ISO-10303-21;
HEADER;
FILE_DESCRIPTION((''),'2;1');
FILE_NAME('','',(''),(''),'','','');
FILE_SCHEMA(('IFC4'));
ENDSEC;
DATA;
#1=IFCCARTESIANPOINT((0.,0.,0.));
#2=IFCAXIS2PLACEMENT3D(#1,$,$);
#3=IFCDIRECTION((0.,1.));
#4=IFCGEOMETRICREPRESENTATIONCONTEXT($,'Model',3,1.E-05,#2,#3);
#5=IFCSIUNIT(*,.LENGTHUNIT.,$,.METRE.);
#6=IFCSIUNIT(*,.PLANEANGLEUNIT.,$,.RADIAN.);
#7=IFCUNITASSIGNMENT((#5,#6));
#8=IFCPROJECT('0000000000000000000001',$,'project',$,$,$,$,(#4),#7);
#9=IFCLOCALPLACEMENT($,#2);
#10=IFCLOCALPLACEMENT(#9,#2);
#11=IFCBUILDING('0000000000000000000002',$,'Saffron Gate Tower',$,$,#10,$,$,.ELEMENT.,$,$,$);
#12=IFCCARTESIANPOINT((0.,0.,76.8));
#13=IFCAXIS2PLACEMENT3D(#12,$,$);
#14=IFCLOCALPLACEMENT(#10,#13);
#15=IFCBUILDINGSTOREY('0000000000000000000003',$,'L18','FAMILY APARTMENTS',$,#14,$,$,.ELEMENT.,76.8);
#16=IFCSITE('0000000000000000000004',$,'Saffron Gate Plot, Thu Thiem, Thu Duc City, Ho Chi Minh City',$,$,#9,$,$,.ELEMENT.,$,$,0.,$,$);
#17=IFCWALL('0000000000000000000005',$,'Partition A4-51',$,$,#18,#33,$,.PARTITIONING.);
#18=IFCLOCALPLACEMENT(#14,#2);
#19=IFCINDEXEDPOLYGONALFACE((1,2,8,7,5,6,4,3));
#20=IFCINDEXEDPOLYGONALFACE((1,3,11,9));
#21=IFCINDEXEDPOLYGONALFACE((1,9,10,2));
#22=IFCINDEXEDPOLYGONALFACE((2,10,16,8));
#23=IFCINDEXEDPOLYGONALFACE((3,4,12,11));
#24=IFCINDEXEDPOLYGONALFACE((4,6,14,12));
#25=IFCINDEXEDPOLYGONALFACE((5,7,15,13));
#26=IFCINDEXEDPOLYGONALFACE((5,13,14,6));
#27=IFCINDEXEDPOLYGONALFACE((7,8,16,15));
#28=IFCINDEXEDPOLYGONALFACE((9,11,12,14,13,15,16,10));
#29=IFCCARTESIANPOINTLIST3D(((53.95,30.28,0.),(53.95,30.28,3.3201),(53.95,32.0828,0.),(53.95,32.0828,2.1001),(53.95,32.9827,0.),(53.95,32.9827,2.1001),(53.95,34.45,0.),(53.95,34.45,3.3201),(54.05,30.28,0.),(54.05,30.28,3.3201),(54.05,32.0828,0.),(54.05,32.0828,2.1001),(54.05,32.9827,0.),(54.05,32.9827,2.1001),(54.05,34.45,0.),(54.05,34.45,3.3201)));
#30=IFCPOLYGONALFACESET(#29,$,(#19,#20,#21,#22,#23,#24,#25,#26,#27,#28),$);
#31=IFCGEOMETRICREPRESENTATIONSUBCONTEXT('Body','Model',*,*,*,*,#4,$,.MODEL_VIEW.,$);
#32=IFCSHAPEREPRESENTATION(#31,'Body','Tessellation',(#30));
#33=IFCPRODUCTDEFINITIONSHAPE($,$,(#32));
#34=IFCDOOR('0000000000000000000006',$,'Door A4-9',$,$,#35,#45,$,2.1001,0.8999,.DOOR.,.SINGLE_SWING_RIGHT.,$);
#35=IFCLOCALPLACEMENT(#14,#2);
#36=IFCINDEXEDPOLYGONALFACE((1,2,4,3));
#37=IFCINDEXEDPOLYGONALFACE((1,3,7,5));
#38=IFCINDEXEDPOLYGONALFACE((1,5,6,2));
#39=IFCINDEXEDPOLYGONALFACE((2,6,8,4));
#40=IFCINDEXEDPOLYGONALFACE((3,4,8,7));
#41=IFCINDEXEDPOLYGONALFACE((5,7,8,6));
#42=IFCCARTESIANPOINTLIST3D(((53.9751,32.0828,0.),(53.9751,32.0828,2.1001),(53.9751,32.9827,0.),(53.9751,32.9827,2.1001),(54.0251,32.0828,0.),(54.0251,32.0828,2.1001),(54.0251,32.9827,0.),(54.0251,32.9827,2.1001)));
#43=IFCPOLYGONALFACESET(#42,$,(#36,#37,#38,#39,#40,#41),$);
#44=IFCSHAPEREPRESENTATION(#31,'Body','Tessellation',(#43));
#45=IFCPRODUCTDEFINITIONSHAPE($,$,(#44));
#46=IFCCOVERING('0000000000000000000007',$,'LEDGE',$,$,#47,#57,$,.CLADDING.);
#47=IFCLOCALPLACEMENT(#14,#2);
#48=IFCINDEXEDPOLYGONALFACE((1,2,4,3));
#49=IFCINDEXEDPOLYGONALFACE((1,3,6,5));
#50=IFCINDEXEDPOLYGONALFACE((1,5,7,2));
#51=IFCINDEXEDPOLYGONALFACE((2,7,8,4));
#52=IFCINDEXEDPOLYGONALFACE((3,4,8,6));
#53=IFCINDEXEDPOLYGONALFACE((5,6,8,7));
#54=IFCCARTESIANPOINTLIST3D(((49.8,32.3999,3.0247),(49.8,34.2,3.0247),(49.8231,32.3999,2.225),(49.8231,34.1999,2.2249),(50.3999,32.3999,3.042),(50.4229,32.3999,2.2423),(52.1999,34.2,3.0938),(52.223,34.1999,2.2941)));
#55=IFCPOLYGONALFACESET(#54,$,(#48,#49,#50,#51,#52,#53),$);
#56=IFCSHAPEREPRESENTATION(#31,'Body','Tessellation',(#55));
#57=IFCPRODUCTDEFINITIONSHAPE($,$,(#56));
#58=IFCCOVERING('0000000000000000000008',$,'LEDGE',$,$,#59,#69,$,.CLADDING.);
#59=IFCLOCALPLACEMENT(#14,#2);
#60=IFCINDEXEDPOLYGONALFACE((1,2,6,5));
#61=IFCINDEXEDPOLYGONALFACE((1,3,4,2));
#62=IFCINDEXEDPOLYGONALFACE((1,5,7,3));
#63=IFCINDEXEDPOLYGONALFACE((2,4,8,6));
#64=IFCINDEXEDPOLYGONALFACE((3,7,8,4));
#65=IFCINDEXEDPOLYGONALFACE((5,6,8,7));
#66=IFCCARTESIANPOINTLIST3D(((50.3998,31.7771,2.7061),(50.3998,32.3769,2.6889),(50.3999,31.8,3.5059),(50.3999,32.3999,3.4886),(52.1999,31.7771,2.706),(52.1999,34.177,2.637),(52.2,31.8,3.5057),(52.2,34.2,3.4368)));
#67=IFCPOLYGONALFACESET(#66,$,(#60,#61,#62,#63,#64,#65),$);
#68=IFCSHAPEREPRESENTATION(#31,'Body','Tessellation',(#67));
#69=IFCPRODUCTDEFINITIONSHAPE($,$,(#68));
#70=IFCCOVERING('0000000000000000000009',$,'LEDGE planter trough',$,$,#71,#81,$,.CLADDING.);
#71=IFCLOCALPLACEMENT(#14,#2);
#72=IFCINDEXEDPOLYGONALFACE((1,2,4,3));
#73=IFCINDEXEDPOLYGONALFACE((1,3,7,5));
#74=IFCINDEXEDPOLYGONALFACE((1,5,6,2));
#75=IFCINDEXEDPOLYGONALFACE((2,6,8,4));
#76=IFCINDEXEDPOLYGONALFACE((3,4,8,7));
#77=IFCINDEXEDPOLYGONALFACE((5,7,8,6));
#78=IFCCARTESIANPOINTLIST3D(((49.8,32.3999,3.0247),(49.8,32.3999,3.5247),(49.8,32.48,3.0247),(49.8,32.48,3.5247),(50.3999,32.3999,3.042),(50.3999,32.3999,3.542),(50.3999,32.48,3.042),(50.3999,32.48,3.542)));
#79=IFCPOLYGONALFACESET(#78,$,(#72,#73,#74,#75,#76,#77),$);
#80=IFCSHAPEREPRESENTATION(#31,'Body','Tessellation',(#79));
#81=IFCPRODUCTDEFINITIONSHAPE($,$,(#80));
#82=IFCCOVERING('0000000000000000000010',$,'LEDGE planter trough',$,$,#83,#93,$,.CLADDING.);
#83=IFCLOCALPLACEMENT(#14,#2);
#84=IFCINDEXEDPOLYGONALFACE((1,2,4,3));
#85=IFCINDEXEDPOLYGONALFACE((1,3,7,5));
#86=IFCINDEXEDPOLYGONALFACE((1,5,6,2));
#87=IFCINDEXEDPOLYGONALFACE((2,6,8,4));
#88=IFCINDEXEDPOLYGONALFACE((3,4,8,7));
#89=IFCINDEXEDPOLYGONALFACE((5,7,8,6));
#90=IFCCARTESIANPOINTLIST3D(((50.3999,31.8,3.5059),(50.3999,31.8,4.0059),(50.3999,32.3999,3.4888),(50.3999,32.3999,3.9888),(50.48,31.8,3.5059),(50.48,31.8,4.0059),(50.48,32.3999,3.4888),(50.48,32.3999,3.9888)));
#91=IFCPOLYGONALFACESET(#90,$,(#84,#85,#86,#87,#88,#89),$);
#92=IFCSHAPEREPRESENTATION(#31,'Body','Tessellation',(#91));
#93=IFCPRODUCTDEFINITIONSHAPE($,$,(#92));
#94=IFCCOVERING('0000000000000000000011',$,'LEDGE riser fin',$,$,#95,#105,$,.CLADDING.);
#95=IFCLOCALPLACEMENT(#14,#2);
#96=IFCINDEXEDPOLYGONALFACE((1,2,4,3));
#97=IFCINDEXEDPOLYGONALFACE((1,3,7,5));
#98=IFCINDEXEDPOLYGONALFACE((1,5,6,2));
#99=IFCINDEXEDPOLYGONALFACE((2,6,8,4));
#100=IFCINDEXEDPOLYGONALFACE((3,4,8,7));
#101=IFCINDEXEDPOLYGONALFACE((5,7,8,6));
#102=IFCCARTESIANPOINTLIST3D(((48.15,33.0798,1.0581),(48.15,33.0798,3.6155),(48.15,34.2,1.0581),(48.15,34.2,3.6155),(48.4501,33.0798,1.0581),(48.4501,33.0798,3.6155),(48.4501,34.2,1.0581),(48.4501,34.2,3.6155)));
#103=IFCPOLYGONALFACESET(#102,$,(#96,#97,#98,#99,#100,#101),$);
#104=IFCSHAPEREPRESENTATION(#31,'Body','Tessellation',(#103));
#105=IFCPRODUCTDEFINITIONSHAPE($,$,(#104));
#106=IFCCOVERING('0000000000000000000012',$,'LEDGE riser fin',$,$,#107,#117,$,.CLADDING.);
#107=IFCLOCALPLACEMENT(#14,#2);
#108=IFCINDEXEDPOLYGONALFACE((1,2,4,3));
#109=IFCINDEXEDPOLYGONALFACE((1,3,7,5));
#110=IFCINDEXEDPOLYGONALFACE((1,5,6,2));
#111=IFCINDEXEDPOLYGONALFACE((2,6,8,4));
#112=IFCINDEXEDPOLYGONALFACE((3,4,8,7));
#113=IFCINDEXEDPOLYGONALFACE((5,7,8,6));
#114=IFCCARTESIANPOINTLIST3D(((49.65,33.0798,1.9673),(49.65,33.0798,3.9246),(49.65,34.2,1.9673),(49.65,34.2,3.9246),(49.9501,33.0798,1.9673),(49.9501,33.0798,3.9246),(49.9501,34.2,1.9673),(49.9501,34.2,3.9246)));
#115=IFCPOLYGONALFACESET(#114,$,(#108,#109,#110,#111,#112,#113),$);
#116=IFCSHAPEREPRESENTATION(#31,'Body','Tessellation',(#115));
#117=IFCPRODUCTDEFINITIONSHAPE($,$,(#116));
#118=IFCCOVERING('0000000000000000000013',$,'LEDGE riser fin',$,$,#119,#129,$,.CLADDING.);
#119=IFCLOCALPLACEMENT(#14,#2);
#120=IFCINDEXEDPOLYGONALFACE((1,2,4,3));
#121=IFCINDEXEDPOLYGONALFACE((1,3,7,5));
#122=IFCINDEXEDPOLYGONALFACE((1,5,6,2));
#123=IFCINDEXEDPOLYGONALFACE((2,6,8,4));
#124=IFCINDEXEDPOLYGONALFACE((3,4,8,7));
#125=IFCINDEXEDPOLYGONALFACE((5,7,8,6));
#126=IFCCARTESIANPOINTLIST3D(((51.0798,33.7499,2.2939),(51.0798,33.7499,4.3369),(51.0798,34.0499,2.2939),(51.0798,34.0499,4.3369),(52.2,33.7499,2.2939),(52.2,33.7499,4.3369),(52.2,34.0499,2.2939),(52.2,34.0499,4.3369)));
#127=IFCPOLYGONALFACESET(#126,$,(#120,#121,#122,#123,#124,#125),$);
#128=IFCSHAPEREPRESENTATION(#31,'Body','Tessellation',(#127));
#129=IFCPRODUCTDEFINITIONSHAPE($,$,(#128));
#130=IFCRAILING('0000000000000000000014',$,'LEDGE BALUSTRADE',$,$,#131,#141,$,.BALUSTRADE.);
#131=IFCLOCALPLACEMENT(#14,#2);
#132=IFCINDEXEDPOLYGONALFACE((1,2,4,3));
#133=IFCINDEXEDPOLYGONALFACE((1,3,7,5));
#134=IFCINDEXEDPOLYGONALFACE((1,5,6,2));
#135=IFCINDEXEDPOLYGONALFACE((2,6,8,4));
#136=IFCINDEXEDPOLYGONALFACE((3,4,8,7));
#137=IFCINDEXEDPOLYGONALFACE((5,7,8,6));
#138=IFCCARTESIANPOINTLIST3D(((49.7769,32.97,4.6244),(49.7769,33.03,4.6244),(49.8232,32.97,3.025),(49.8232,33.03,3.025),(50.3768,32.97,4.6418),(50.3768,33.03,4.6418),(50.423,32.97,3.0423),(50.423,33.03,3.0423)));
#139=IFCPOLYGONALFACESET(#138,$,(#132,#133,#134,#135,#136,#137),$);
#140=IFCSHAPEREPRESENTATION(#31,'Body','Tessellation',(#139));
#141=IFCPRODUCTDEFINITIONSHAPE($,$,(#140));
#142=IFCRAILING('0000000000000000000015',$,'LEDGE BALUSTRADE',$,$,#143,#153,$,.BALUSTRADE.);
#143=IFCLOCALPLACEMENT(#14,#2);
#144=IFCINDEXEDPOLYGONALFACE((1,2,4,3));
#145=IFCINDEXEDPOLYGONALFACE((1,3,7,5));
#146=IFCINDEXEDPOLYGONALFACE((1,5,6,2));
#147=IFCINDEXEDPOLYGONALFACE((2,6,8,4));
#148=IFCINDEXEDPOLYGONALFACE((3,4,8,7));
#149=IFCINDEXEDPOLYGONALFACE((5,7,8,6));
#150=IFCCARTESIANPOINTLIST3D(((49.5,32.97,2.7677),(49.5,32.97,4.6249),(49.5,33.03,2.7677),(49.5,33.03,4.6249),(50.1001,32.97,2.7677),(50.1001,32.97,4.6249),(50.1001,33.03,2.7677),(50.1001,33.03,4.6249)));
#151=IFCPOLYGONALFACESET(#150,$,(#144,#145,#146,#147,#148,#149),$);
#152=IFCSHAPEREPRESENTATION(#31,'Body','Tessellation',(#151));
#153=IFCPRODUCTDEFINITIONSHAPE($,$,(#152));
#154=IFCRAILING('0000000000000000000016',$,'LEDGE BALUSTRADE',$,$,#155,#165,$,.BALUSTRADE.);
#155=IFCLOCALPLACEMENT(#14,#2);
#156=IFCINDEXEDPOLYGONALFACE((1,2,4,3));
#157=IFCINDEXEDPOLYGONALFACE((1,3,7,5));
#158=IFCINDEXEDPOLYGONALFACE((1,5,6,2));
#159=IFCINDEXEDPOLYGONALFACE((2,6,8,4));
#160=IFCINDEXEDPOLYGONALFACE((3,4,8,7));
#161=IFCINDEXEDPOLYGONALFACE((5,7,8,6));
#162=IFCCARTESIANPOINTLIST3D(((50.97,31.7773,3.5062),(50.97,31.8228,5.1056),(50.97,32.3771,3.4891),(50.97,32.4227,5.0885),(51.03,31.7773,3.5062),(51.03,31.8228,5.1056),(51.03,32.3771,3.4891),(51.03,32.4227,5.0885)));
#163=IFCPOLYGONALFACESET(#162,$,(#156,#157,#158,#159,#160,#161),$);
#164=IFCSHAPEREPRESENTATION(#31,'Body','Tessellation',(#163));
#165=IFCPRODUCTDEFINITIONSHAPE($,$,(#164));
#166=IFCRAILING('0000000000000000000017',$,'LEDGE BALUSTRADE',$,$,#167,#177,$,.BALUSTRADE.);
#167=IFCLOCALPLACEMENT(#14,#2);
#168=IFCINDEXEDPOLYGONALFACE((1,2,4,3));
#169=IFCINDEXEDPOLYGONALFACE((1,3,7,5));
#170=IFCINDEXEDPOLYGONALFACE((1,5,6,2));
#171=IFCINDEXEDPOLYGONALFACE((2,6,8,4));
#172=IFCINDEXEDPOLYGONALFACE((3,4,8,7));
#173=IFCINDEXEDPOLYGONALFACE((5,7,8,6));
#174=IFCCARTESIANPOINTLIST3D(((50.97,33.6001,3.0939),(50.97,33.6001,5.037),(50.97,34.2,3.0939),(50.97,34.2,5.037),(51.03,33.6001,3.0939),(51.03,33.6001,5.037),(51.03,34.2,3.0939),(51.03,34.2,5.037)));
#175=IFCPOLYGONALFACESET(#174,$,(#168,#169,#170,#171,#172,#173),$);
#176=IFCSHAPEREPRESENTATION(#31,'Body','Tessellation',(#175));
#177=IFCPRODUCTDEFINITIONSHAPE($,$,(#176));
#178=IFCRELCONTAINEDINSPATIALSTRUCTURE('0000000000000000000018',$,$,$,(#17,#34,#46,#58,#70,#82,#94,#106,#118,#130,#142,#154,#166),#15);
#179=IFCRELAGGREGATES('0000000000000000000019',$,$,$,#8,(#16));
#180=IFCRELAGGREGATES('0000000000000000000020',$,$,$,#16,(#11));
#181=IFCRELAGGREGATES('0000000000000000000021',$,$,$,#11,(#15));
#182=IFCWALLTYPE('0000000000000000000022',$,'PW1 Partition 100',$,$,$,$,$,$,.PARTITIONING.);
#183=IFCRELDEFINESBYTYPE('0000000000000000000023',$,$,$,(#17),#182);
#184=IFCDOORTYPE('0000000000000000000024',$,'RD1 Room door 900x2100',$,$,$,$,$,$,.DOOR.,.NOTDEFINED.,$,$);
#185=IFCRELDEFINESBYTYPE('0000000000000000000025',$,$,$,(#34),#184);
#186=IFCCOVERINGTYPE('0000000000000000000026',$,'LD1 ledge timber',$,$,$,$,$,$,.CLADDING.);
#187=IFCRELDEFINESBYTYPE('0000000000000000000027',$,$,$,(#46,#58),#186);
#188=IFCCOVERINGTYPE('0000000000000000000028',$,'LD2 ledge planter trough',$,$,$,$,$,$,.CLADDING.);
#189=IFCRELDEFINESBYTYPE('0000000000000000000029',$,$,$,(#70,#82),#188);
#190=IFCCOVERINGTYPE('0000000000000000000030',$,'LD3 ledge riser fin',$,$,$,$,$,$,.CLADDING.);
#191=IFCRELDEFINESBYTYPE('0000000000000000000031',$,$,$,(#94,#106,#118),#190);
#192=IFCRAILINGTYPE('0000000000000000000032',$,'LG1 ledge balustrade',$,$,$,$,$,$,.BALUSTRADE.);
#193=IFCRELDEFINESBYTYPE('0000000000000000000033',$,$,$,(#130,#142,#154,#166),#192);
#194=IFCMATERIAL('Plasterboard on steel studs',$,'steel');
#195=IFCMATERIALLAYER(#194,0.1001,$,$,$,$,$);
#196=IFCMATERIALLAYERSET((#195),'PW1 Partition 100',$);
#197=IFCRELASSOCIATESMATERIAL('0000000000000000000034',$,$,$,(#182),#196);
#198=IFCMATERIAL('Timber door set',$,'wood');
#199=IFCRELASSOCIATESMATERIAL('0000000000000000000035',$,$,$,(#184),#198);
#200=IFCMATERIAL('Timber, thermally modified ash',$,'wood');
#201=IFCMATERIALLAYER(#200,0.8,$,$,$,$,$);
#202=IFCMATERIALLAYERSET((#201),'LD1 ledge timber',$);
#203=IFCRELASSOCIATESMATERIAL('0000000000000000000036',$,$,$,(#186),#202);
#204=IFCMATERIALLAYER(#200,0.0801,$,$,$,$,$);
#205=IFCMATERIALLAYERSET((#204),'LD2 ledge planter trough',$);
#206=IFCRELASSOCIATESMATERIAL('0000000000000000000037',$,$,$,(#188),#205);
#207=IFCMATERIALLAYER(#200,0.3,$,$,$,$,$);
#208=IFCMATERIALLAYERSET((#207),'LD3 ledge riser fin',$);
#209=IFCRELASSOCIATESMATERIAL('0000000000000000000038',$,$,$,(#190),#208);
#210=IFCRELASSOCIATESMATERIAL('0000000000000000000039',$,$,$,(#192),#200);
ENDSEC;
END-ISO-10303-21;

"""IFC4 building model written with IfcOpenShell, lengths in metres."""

from ifc_helpers import new_model, si_unit, direction, frame, frame_2d, origin, origin_2d, place, context, subcontext, project, spatial, polyline, rectangle, outline, extrude, material, layer, layer_set, type_object, element, fill, save


model = new_model("IFC4")

# Units and contexts
model_context = context("Model", 3, precision=1e-05, world=origin(), true_north=direction((0.0, 1.0)))
body_context = subcontext(model_context, "Body", "Model", "MODEL_VIEW")
ifc_project = project(units=[si_unit("LENGTHUNIT", "METRE"), si_unit("PLANEANGLEUNIT", "RADIAN")], contexts=[model_context])

# Site, building, storey
site_placement = place(None, origin())
site = spatial("IfcSite", under=ifc_project, at=site_placement, Name="Saffron Gate Plot, Thu Thiem, Thu Duc City, Ho Chi Minh City", CompositionType="ELEMENT", RefElevation=0.0)
building_placement = place(site_placement, origin())
building = spatial("IfcBuilding", under=site, at=building_placement, Name="Saffron Gate Tower", CompositionType="ELEMENT")
storey_placement = place(building_placement, frame((0.0, 0.0, 76.8)))
storey = spatial("IfcBuildingStorey", under=building, at=storey_placement, Name="L18", Description="FAMILY APARTMENTS", CompositionType="ELEMENT", Elevation=76.8)

# Shared definitions
ifc_material_1 = material(Name="Plasterboard on steel studs", Category="steel")
ifc_layer_1 = layer(ifc_material_1, 0.1001)
ifc_layer_set_1 = layer_set([ifc_layer_1], Name="PW1 Partition 100")
wall_type = type_object("IfcWallType", Name="PW1 Partition 100", PredefinedType="PARTITIONING", material=ifc_layer_set_1)

# Wall, opening, door
wall_1_placement = place(storey_placement, frame((54.0, 30.28, 0.0), z_axis=(0.0, 0.0, 1.0), x_axis=(0.0, 1.0, 0.0)))
wall_1 = element("IfcWall", 1, at=wall_1_placement, inside=storey, type_object=wall_type, Name="Partition A4-51", PredefinedType="PARTITIONING", context=body_context, shape_type="SweptSolid", body=[
    extrude(rectangle(XDim=4.1699, YDim=0.1001, at=frame_2d((2.085, 0.0))), origin(), (0.0, 0.0, 1.0), 3.3201),
])
opening_1_placement = place(wall_1_placement, frame((1.8027, 0.0, 0.0)))
opening_1 = element("IfcOpeningElement", 2, at=opening_1_placement, cuts=wall_1, PredefinedType="OPENING", context=body_context, shape_type="SweptSolid", body=[
    extrude(rectangle(XDim=0.8999, YDim=2.1001, at=frame_2d((0.45, 1.05))), frame((0.0, 0.0601, 0.0), z_axis=(0.0, -1.0, 0.0), x_axis=(1.0, 0.0, 0.0)), (0.0, 0.0, 1.0), 0.1201),
])
ifc_material_2 = material(Name="Timber door set", Category="wood")
door_type = type_object("IfcDoorType", Name="RD1 Room door 900x2100", OperationType="NOTDEFINED", PredefinedType="DOOR", material=ifc_material_2)
door_placement = place(opening_1_placement, origin())
door = element("IfcDoor", 3, at=door_placement, inside=storey, type_object=door_type, Name="Door A4-9", OperationType="SINGLE_SWING_RIGHT", OverallHeight=2.1001, OverallWidth=0.8999, PredefinedType="DOOR", context=body_context, shape_type="SweptSolid", body=[
    extrude(rectangle(XDim=0.8999, YDim=2.1001, at=frame_2d((0.45, 1.05))), frame((0.0, 0.0249, 0.0), z_axis=(0.0, -1.0, 0.0), x_axis=(1.0, 0.0, 0.0)), (0.0, 0.0, 1.0), 0.05),
])
fill(opening_1, door)

# Coverings
ifc_material_3 = material(Name="Timber, thermally modified ash", Category="wood")
ifc_layer_2 = layer(ifc_material_3, 0.8)
ifc_layer_set_2 = layer_set([ifc_layer_2], Name="LD1 ledge timber")
covering_type_1 = type_object("IfcCoveringType", Name="LD1 ledge timber", PredefinedType="CLADDING", material=ifc_layer_set_2)
covering_1_placement = place(storey_placement, frame((49.8, 34.2, 3.0247), z_axis=(-0.028799, 0.000029, 0.999585), x_axis=(0.999585, 0.0, 0.028799)))
element("IfcCovering", 4, at=covering_1_placement, inside=storey, type_object=covering_type_1, Name="LEDGE", PredefinedType="CLADDING", context=body_context, shape_type="SweptSolid", body=[
    extrude(outline(polyline([(0.0, 0.0), (2.4009, 0.0), (0.6001, -1.8), (0.0, -1.8), (0.0, 0.0)])), origin(), (0.0, 0.0, -1.0), 0.8),
])
covering_2_placement = place(storey_placement, frame((52.2, 34.2, 3.4368), z_axis=(0.00008, 0.028718, 0.999588), x_axis=(0.0, -0.999588, 0.028718)))
element("IfcCovering", 5, at=covering_2_placement, inside=storey, type_object=covering_type_1, Name="LEDGE", PredefinedType="CLADDING", context=body_context, shape_type="SweptSolid", body=[
    extrude(outline(polyline([(0.0, 0.0), (2.4009, 0.0), (2.4009, -1.8), (1.8008, -1.8), (0.0, 0.0)])), origin(), (0.0, 0.0, -1.0), 0.8),
])
ifc_layer_3 = layer(ifc_material_3, 0.0801)
ifc_layer_set_3 = layer_set([ifc_layer_3], Name="LD2 ledge planter trough")
covering_type_2 = type_object("IfcCoveringType", Name="LD2 ledge planter trough", PredefinedType="CLADDING", material=ifc_layer_set_3)
covering_3_placement = place(storey_placement, frame((49.8, 32.3999, 3.0247), z_axis=(0.0, -1.0, 0.0), x_axis=(0.999583, 0.0, 0.028885)))
element("IfcCovering", 6, at=covering_3_placement, inside=storey, type_object=covering_type_2, Name="LEDGE planter trough", PredefinedType="CLADDING", context=body_context, shape_type="SweptSolid", body=[
    extrude(outline(polyline([(0.0, 0.0), (0.6001, 0.0), (0.6145, 0.4998), (0.0144, 0.4998), (0.0, 0.0)])), origin(), (0.0, 0.0, -1.0), 0.0801),
])
covering_4_placement = place(storey_placement, frame((50.3999, 32.3999, 3.4888), z_axis=(-1.0, 0.0, 0.0), x_axis=(0.0, -0.999594, 0.028478)))
element("IfcCovering", 7, at=covering_4_placement, inside=storey, type_object=covering_type_2, Name="LEDGE planter trough", PredefinedType="CLADDING", context=body_context, shape_type="SweptSolid", body=[
    extrude(outline(polyline([(0.0, 0.0), (0.6001, 0.0), (0.6143, 0.4998), (0.0142, 0.4998), (0.0, 0.0)])), origin(), (0.0, 0.0, -1.0), 0.0801),
])
ifc_layer_4 = layer(ifc_material_3, 0.3)
ifc_layer_set_4 = layer_set([ifc_layer_4], Name="LD3 ledge riser fin")
covering_type_3 = type_object("IfcCoveringType", Name="LD3 ledge riser fin", PredefinedType="CLADDING", material=ifc_layer_set_4)
covering_5_placement = place(storey_placement, frame((48.3, 33.6399, 1.0581), z_axis=(0.0, 0.0, 1.0), x_axis=(1.0, 0.0, 0.0)))
element("IfcCovering", 8, at=covering_5_placement, inside=storey, type_object=covering_type_3, Name="LEDGE riser fin", PredefinedType="CLADDING", context=body_context, shape_type="SweptSolid", body=[
    extrude(rectangle(XDim=0.3, YDim=1.1201, at=origin_2d()), origin(), (0.0, 0.0, 1.0), 2.5574),
])
covering_6_placement = place(storey_placement, frame((49.8, 33.6399, 1.9673), z_axis=(0.0, 0.0, 1.0), x_axis=(1.0, 0.0, 0.0)))
element("IfcCovering", 9, at=covering_6_placement, inside=storey, type_object=covering_type_3, Name="LEDGE riser fin", PredefinedType="CLADDING", context=body_context, shape_type="SweptSolid", body=[
    extrude(rectangle(XDim=0.3, YDim=1.1201, at=origin_2d()), origin(), (0.0, 0.0, 1.0), 1.9573),
])
covering_7_placement = place(storey_placement, frame((51.6399, 33.8999, 2.2939), z_axis=(0.0, 0.0, 1.0), x_axis=(0.0, -1.0, 0.0)))
element("IfcCovering", 10, at=covering_7_placement, inside=storey, type_object=covering_type_3, Name="LEDGE riser fin", PredefinedType="CLADDING", context=body_context, shape_type="SweptSolid", body=[
    extrude(rectangle(XDim=0.3, YDim=1.1201, at=origin_2d()), origin(), (0.0, 0.0, 1.0), 2.043),
])

# Railings
railing_type = type_object("IfcRailingType", Name="LG1 ledge balustrade", PredefinedType="BALUSTRADE", material=ifc_material_3)
railing_1_placement = place(storey_placement, frame((49.8, 33.0, 3.0247)))
element("IfcRailing", 11, at=railing_1_placement, inside=storey, type_object=railing_type, Name="LEDGE BALUSTRADE", PredefinedType="BALUSTRADE", context=body_context, shape_type="SweptSolid", body=[
    extrude(rectangle(XDim=0.0601, YDim=1.6001, at=origin_2d()), frame((0.0, 0.0, 0.8), z_axis=(0.999583, 0.0, 0.028885), x_axis=(0.0, 1.0, 0.0)), (0.0, 0.0, 1.0), 0.6001),
])
railing_2_placement = place(storey_placement, frame((49.5, 33.0, 2.7676)))
element("IfcRailing", 12, at=railing_2_placement, inside=storey, type_object=railing_type, Name="LEDGE BALUSTRADE", PredefinedType="BALUSTRADE", context=body_context, shape_type="SweptSolid", body=[
    extrude(rectangle(XDim=0.0601, YDim=1.8572, at=origin_2d()), frame((0.0, 0.0, 0.9287), z_axis=(1.0, 0.0, 0.0), x_axis=(0.0, 1.0, 0.0)), (0.0, 0.0, 1.0), 0.6001),
])
railing_3_placement = place(storey_placement, frame((51.0, 32.3999, 3.4888)))
element("IfcRailing", 13, at=railing_3_placement, inside=storey, type_object=railing_type, Name="LEDGE BALUSTRADE", PredefinedType="BALUSTRADE", context=body_context, shape_type="SweptSolid", body=[
    extrude(rectangle(XDim=0.0601, YDim=1.6001, at=origin_2d()), frame((0.0, 0.0, 0.8), z_axis=(0.0, -0.999594, 0.028478), x_axis=(1.0, 0.0, 0.0)), (0.0, 0.0, 1.0), 0.6001),
])
railing_4_placement = place(storey_placement, frame((51.0, 34.2, 3.0938)))
element("IfcRailing", 14, at=railing_4_placement, inside=storey, type_object=railing_type, Name="LEDGE BALUSTRADE", PredefinedType="BALUSTRADE", context=body_context, shape_type="SweptSolid", body=[
    extrude(rectangle(XDim=0.0601, YDim=1.9431, at=origin_2d()), frame((0.0, 0.0, 0.9717), z_axis=(0.0, -1.0, 0.0), x_axis=(1.0, 0.0, 0.0)), (0.0, 0.0, 1.0), 0.5999),
])

save(model, "model.ifc")
